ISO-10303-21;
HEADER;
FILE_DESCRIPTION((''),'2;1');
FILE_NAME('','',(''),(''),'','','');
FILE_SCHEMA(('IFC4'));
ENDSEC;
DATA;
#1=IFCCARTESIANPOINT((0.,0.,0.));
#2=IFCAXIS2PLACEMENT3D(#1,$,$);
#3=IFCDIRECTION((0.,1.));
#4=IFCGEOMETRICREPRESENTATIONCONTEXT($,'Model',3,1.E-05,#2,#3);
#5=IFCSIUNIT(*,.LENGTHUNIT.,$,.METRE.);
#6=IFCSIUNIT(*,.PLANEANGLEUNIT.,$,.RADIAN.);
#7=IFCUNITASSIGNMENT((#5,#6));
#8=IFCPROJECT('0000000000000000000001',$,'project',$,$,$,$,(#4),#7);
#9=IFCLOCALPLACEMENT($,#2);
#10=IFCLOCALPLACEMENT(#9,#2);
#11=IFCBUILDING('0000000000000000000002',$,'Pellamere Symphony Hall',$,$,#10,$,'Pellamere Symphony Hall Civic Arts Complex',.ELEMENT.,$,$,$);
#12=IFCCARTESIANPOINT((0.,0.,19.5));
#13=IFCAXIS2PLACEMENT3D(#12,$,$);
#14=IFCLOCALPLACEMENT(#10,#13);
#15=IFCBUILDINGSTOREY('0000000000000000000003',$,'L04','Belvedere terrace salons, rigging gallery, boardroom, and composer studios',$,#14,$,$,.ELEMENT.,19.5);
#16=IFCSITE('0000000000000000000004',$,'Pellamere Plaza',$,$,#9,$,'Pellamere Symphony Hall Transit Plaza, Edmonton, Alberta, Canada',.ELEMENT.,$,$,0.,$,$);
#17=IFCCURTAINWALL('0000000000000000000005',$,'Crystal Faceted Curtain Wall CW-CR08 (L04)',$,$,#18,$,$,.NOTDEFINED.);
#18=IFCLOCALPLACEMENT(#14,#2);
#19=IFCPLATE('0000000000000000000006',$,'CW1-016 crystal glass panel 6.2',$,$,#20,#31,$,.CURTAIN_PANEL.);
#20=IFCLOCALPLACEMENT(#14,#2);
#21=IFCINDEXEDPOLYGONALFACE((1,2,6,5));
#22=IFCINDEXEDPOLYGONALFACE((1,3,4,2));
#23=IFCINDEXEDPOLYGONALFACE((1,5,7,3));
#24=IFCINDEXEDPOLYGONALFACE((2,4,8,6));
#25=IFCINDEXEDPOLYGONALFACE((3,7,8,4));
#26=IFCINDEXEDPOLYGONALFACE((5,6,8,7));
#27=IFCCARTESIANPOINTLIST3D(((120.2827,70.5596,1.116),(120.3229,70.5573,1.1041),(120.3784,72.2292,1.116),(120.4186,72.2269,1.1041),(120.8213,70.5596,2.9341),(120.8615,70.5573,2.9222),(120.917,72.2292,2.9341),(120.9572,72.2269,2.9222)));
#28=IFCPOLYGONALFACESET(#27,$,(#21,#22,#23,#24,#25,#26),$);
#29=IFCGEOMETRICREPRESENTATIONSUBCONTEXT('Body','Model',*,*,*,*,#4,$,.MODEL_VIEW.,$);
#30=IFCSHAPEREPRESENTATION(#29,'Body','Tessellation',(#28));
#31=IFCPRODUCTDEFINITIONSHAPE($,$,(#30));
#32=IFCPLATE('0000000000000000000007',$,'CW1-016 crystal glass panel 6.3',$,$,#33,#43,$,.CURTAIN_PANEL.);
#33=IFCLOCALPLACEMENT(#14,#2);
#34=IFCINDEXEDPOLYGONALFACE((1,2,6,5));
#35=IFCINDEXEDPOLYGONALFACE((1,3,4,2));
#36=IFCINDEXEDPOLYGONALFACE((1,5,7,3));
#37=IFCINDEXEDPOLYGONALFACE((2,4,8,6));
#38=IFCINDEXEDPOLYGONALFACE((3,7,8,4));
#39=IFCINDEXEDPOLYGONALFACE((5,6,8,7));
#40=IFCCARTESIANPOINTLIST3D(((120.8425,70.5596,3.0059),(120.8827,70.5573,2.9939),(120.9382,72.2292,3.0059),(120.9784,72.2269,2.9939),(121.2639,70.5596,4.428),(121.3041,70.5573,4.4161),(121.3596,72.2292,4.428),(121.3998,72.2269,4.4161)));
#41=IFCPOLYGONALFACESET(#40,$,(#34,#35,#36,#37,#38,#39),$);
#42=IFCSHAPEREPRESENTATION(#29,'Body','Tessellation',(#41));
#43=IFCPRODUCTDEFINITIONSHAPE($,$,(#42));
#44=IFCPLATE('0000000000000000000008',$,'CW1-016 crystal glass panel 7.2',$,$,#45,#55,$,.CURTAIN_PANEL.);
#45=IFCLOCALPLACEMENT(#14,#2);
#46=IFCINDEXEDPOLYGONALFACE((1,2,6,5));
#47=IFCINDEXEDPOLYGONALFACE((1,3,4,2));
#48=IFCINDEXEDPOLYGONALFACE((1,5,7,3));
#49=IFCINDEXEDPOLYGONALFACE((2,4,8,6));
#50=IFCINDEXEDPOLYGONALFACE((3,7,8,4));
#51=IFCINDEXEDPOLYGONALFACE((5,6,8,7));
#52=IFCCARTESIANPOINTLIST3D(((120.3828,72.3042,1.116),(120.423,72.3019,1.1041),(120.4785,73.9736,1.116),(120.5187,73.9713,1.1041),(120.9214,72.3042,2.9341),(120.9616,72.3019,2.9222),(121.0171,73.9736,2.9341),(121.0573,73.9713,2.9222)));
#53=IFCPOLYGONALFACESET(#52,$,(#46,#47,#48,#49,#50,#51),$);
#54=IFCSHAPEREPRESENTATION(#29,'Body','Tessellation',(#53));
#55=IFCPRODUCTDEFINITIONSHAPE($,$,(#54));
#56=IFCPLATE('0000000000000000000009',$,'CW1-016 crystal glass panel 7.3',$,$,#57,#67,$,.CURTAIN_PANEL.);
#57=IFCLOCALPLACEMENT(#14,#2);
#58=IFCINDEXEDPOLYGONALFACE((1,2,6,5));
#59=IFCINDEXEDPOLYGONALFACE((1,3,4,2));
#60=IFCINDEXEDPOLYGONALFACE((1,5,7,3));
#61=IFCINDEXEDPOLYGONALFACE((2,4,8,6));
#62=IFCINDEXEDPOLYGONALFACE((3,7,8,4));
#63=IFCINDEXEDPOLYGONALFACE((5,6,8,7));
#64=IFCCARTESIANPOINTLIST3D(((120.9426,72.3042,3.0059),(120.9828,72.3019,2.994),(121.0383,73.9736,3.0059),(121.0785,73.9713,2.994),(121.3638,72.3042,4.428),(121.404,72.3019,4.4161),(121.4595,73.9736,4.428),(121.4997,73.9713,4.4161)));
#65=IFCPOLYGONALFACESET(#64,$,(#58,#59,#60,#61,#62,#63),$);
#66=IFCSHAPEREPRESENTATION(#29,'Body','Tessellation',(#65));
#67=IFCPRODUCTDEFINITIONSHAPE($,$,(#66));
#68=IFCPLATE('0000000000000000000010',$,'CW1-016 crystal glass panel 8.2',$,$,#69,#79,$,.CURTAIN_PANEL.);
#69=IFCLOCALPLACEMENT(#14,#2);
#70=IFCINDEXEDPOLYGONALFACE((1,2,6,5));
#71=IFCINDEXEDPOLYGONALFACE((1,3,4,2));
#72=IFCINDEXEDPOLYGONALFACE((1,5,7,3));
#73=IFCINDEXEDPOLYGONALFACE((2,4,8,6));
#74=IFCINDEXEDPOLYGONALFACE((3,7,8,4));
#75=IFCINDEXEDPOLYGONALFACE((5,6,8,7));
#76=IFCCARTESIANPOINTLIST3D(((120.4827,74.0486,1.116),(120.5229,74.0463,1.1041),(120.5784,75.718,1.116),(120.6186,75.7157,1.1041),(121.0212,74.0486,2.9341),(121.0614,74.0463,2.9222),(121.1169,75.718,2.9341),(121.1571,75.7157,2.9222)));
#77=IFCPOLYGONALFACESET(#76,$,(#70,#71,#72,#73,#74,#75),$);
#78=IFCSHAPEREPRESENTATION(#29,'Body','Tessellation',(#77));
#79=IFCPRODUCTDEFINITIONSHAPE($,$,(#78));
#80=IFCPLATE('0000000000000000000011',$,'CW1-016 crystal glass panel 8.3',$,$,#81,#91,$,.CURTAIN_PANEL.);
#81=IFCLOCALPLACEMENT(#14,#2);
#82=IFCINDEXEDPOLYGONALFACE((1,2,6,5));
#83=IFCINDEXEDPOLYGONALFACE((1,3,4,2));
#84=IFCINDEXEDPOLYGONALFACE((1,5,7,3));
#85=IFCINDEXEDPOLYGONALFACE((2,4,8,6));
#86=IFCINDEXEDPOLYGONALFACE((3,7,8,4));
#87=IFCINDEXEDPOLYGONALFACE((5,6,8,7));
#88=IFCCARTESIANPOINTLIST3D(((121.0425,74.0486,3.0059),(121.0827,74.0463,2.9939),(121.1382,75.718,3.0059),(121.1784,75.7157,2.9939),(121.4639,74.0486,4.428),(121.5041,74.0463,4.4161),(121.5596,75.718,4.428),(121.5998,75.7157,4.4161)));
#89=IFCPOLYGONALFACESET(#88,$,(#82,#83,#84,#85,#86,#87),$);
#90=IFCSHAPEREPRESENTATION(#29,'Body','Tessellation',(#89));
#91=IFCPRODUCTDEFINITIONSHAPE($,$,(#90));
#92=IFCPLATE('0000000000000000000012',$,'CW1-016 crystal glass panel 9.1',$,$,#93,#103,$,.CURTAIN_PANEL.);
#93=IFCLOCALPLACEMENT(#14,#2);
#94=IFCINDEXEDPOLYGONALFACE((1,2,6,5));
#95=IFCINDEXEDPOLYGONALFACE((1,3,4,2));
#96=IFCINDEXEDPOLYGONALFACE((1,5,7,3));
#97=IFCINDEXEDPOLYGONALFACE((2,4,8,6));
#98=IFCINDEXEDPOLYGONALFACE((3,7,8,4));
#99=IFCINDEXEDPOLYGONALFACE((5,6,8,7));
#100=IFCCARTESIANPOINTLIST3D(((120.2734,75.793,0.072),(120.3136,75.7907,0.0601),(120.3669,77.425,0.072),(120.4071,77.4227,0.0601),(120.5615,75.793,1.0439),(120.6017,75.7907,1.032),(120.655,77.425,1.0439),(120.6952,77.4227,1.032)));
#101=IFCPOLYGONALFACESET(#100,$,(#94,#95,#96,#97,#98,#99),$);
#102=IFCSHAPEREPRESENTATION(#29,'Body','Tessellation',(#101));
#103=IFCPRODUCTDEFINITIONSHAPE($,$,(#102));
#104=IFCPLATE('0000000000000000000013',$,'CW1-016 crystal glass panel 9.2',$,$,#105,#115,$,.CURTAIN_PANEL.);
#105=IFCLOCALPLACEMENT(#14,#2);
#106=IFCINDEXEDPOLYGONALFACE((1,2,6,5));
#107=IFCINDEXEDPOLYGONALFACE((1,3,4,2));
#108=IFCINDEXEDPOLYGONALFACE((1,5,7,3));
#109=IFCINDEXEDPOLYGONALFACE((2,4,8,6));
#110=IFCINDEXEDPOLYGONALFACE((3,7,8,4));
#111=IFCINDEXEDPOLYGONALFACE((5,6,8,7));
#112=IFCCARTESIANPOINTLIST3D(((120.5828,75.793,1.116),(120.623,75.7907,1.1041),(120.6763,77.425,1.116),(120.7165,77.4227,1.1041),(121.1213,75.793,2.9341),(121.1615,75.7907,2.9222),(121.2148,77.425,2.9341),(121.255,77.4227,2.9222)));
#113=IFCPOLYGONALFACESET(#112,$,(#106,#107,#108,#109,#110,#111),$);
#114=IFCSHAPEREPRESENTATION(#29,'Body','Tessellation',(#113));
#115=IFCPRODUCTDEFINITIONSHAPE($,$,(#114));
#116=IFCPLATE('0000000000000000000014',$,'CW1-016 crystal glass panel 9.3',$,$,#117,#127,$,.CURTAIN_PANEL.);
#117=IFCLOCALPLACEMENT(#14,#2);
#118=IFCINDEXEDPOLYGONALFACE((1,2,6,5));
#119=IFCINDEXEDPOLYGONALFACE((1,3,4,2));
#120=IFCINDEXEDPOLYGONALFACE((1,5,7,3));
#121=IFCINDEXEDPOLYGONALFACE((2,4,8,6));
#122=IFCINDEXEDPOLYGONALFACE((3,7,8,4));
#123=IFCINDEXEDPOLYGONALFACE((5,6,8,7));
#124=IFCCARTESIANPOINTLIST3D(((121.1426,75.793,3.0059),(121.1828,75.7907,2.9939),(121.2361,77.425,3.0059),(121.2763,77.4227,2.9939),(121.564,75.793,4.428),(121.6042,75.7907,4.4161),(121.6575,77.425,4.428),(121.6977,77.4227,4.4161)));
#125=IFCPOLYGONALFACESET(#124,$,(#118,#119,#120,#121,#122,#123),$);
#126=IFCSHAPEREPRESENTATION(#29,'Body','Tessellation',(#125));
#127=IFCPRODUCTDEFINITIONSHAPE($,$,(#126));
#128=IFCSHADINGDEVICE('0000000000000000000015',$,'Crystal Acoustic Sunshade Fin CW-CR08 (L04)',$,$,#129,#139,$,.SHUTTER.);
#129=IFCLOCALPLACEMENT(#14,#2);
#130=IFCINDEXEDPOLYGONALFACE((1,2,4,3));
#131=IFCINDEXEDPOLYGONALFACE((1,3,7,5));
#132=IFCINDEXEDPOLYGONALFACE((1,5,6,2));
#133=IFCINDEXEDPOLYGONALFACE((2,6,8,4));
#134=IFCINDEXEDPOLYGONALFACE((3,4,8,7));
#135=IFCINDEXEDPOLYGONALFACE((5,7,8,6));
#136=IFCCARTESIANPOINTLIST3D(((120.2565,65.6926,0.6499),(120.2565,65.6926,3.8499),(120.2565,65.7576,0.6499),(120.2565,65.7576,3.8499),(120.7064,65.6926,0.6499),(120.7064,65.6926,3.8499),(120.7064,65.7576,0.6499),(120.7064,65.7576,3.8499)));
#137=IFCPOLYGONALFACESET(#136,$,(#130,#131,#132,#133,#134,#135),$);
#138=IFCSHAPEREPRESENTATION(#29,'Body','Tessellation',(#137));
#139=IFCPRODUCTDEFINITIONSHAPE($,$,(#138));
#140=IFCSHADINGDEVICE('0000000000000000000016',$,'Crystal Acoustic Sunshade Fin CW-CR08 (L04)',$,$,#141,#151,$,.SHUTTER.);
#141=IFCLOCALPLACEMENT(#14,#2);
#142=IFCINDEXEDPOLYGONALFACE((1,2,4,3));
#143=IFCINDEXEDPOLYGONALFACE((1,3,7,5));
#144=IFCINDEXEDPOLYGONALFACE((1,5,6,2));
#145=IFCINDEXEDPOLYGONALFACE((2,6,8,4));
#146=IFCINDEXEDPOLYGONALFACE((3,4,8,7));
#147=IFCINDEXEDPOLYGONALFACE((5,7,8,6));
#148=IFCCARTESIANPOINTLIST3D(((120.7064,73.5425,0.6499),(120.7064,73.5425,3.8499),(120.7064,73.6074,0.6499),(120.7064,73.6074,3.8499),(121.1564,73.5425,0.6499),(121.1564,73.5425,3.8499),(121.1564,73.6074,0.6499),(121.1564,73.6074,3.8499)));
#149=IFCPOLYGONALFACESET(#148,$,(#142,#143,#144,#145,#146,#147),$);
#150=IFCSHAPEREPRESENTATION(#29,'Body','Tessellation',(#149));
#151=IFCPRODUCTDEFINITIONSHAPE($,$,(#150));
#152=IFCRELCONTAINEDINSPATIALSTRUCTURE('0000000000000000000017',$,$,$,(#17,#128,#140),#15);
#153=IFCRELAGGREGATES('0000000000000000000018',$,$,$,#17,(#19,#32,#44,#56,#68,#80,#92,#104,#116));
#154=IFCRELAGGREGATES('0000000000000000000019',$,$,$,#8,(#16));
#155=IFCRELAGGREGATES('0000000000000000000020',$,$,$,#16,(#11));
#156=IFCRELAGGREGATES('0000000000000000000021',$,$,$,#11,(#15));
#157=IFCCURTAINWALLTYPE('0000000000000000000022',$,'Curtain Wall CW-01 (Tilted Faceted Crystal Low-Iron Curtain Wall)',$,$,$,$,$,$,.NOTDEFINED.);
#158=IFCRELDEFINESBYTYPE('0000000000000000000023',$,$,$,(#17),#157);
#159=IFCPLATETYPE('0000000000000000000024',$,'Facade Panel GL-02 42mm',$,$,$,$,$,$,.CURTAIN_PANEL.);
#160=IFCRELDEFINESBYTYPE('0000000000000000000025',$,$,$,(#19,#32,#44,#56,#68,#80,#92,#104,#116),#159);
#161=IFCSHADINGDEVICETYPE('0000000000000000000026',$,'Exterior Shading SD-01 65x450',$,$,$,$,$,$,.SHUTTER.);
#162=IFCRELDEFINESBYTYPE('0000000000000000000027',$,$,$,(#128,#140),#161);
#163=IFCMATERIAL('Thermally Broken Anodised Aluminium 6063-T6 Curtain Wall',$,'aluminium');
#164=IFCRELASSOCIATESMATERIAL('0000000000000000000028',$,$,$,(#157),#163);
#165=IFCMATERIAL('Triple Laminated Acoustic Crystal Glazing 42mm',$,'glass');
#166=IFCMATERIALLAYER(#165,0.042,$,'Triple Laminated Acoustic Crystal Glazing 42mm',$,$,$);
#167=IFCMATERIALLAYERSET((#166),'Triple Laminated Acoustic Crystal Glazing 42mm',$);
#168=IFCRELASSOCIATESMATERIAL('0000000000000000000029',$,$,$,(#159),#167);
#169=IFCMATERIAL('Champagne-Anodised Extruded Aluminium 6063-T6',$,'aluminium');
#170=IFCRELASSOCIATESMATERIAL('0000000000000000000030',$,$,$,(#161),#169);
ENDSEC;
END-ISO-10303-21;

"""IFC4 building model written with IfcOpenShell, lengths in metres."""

from ifc_helpers import new_model, si_unit, direction, frame, origin, origin_2d, place, context, subcontext, project, spatial, polyline, rectangle, outline, extrude, material, layer, layer_set, type_object, element, aggregate, save


model = new_model("IFC4")

# Units and contexts
model_context = context("Model", 3, precision=1e-05, world=origin(), true_north=direction((0.0, 1.0)))
body_context = subcontext(model_context, "Body", "Model", "MODEL_VIEW")
ifc_project = project(units=[si_unit("LENGTHUNIT", "METRE"), si_unit("PLANEANGLEUNIT", "RADIAN")], contexts=[model_context])

# Site, building, storey
site_placement = place(None, origin())
site = spatial("IfcSite", under=ifc_project, at=site_placement, Name="Pellamere Plaza", LongName="Pellamere Symphony Hall Transit Plaza, Edmonton, Alberta, Canada", CompositionType="ELEMENT", RefElevation=0.0)
building_placement = place(site_placement, origin())
building = spatial("IfcBuilding", under=site, at=building_placement, Name="Pellamere Symphony Hall", LongName="Pellamere Symphony Hall Civic Arts Complex", CompositionType="ELEMENT")
storey_placement = place(building_placement, frame((0.0, 0.0, 19.5)))
storey = spatial("IfcBuildingStorey", under=building, at=storey_placement, Name="L04", Description="Belvedere terrace salons, rigging gallery, boardroom, and composer studios", CompositionType="ELEMENT", Elevation=19.5)

# Curtain wall, plates
ifc_material_1 = material(Name="Thermally Broken Anodised Aluminium 6063-T6 Curtain Wall", Category="aluminium")
curtain_wall_type = type_object("IfcCurtainWallType", Name="Curtain Wall CW-01 (Tilted Faceted Crystal Low-Iron Curtain Wall)", PredefinedType="NOTDEFINED", material=ifc_material_1)
curtain_wall_placement = place(storey_placement, origin())
curtain_wall = element("IfcCurtainWall", 1, at=curtain_wall_placement, inside=storey, type_object=curtain_wall_type, Name="Crystal Faceted Curtain Wall CW-CR08 (L04)", PredefinedType="NOTDEFINED")
ifc_material_2 = material(Name="Triple Laminated Acoustic Crystal Glazing 42mm", Category="glass")
ifc_layer = layer(ifc_material_2, 0.042, Name="Triple Laminated Acoustic Crystal Glazing 42mm")
ifc_layer_set = layer_set([ifc_layer], Name="Triple Laminated Acoustic Crystal Glazing 42mm")
plate_type = type_object("IfcPlateType", Name="Facade Panel GL-02 42mm", PredefinedType="CURTAIN_PANEL", material=ifc_layer_set)
plate_1_placement = place(storey_placement, frame((120.2827, 70.5596, 1.116), z_axis=(-0.957372, 0.054875, 0.283599), x_axis=(0.057224, 0.998361, 0.0)))
plate_1 = element("IfcPlate", 2, at=plate_1_placement, type_object=plate_type, Name="CW1-016 crystal glass panel 6.2", PredefinedType="CURTAIN_PANEL", context=body_context, shape_type="SweptSolid", body=[
    extrude(outline(polyline([(0.0, 0.0), (1.6724, 0.0), (1.7032, -1.896), (0.0308, -1.896), (0.0, 0.0)])), origin(), (0.0, 0.0, -1.0), 0.042),
])
plate_2_placement = place(storey_placement, frame((120.8425, 70.5596, 3.0059), z_axis=(-0.95735, 0.054874, 0.283671), x_axis=(0.057224, 0.998361, 0.0)))
plate_2 = element("IfcPlate", 3, at=plate_2_placement, type_object=plate_type, Name="CW1-016 crystal glass panel 6.3", PredefinedType="CURTAIN_PANEL", context=body_context, shape_type="SweptSolid", body=[
    extrude(outline(polyline([(0.0, 0.0), (1.6724, 0.0), (1.6965, -1.483), (0.0241, -1.483), (0.0, 0.0)])), origin(), (0.0, 0.0, -1.0), 0.042),
])
plate_3_placement = place(storey_placement, frame((120.3828, 72.3042, 1.116), z_axis=(-0.957371, 0.054883, 0.283599), x_axis=(0.057233, 0.998361, 0.0)))
plate_3 = element("IfcPlate", 4, at=plate_3_placement, type_object=plate_type, Name="CW1-016 crystal glass panel 7.2", PredefinedType="CURTAIN_PANEL", context=body_context, shape_type="SweptSolid", body=[
    extrude(outline(polyline([(0.0, 0.0), (1.6722, 0.0), (1.703, -1.896), (0.0308, -1.896), (0.0, 0.0)])), origin(), (0.0, 0.0, -1.0), 0.042),
])
plate_4_placement = place(storey_placement, frame((120.9426, 72.3042, 3.0059), z_axis=(-0.957394, 0.054884, 0.28352), x_axis=(0.057233, 0.998361, 0.0)))
plate_4 = element("IfcPlate", 5, at=plate_4_placement, type_object=plate_type, Name="CW1-016 crystal glass panel 7.3", PredefinedType="CURTAIN_PANEL", context=body_context, shape_type="SweptSolid", body=[
    extrude(outline(polyline([(0.0, 0.0), (1.6722, 0.0), (1.6963, -1.483), (0.0241, -1.483), (0.0, 0.0)])), origin(), (0.0, 0.0, -1.0), 0.042),
])
plate_5_placement = place(storey_placement, frame((120.4827, 74.0486, 1.116), z_axis=(-0.957371, 0.054883, 0.283599), x_axis=(0.057233, 0.998361, 0.0)))
plate_5 = element("IfcPlate", 6, at=plate_5_placement, type_object=plate_type, Name="CW1-016 crystal glass panel 8.2", PredefinedType="CURTAIN_PANEL", context=body_context, shape_type="SweptSolid", body=[
    extrude(outline(polyline([(0.0, 0.0), (1.6722, 0.0), (1.703, -1.896), (0.0308, -1.896), (0.0, 0.0)])), origin(), (0.0, 0.0, -1.0), 0.042),
])
plate_6_placement = place(storey_placement, frame((121.0425, 74.0486, 3.0059), z_axis=(-0.95735, 0.054882, 0.283671), x_axis=(0.057233, 0.998361, 0.0)))
plate_6 = element("IfcPlate", 7, at=plate_6_placement, type_object=plate_type, Name="CW1-016 crystal glass panel 8.3", PredefinedType="CURTAIN_PANEL", context=body_context, shape_type="SweptSolid", body=[
    extrude(outline(polyline([(0.0, 0.0), (1.6722, 0.0), (1.6963, -1.483), (0.0241, -1.483), (0.0, 0.0)])), origin(), (0.0, 0.0, -1.0), 0.042),
])
plate_7_placement = place(storey_placement, frame((120.2734, 75.793, 0.072), z_axis=(-0.957326, 0.054848, 0.283759), x_axis=(0.057199, 0.998363, 0.0)))
plate_7 = element("IfcPlate", 8, at=plate_7_placement, type_object=plate_type, Name="CW1-016 crystal glass panel 9.1", PredefinedType="CURTAIN_PANEL", context=body_context, shape_type="SweptSolid", body=[
    extrude(outline(polyline([(0.0, 0.0), (1.6348, 0.0), (1.6512, -1.0136), (0.0165, -1.0136), (0.0, 0.0)])), origin(), (0.0, 0.0, -1.0), 0.042),
])
plate_8_placement = place(storey_placement, frame((120.5828, 75.793, 1.116), z_axis=(-0.957373, 0.05485, 0.283599), x_axis=(0.057199, 0.998363, 0.0)))
plate_8 = element("IfcPlate", 9, at=plate_8_placement, type_object=plate_type, Name="CW1-016 crystal glass panel 9.2", PredefinedType="CURTAIN_PANEL", context=body_context, shape_type="SweptSolid", body=[
    extrude(outline(polyline([(0.0, 0.0), (1.6348, 0.0), (1.6656, -1.896), (0.0308, -1.896), (0.0, 0.0)])), origin(), (0.0, 0.0, -1.0), 0.042),
])
plate_9_placement = place(storey_placement, frame((121.1426, 75.793, 3.0059), z_axis=(-0.957351, 0.054849, 0.283672), x_axis=(0.057199, 0.998363, 0.0)))
plate_9 = element("IfcPlate", 10, at=plate_9_placement, type_object=plate_type, Name="CW1-016 crystal glass panel 9.3", PredefinedType="CURTAIN_PANEL", context=body_context, shape_type="SweptSolid", body=[
    extrude(outline(polyline([(0.0, 0.0), (1.6348, 0.0), (1.6589, -1.483), (0.0241, -1.483), (0.0, 0.0)])), origin(), (0.0, 0.0, -1.0), 0.042),
])
aggregate(curtain_wall, [plate_1, plate_2, plate_3, plate_4, plate_5, plate_6, plate_7, plate_8, plate_9])

# Shading devices
ifc_material_3 = material(Name="Champagne-Anodised Extruded Aluminium 6063-T6", Category="aluminium")
shading_device_type = type_object("IfcShadingDeviceType", Name="Exterior Shading SD-01 65x450", PredefinedType="SHUTTER", material=ifc_material_3)
for number, where, z_axis, x_axis, name in (
    (11, (120.4814, 65.7251, 0.6499), (0.0, 0.0, 1.0), (0.0, 1.0, 0.0), "Crystal Acoustic Sunshade Fin CW-CR08 (L04)"),
    (12, (120.9314, 73.575, 0.6499), (0.0, 0.0, 1.0), (0.0, 1.0, 0.0), "Crystal Acoustic Sunshade Fin CW-CR08 (L04)"),
):
    element("IfcShadingDevice", number, at=place(storey_placement, frame(where, z_axis=z_axis, x_axis=x_axis)), inside=storey, type_object=shading_device_type, Name=name, PredefinedType="SHUTTER", context=body_context, shape_type="SweptSolid", body=[
        extrude(rectangle(XDim=0.0649, YDim=0.45, at=origin_2d()), origin(), (0.0, 0.0, 1.0), 3.2),
    ])

save(model, "model.ifc")
